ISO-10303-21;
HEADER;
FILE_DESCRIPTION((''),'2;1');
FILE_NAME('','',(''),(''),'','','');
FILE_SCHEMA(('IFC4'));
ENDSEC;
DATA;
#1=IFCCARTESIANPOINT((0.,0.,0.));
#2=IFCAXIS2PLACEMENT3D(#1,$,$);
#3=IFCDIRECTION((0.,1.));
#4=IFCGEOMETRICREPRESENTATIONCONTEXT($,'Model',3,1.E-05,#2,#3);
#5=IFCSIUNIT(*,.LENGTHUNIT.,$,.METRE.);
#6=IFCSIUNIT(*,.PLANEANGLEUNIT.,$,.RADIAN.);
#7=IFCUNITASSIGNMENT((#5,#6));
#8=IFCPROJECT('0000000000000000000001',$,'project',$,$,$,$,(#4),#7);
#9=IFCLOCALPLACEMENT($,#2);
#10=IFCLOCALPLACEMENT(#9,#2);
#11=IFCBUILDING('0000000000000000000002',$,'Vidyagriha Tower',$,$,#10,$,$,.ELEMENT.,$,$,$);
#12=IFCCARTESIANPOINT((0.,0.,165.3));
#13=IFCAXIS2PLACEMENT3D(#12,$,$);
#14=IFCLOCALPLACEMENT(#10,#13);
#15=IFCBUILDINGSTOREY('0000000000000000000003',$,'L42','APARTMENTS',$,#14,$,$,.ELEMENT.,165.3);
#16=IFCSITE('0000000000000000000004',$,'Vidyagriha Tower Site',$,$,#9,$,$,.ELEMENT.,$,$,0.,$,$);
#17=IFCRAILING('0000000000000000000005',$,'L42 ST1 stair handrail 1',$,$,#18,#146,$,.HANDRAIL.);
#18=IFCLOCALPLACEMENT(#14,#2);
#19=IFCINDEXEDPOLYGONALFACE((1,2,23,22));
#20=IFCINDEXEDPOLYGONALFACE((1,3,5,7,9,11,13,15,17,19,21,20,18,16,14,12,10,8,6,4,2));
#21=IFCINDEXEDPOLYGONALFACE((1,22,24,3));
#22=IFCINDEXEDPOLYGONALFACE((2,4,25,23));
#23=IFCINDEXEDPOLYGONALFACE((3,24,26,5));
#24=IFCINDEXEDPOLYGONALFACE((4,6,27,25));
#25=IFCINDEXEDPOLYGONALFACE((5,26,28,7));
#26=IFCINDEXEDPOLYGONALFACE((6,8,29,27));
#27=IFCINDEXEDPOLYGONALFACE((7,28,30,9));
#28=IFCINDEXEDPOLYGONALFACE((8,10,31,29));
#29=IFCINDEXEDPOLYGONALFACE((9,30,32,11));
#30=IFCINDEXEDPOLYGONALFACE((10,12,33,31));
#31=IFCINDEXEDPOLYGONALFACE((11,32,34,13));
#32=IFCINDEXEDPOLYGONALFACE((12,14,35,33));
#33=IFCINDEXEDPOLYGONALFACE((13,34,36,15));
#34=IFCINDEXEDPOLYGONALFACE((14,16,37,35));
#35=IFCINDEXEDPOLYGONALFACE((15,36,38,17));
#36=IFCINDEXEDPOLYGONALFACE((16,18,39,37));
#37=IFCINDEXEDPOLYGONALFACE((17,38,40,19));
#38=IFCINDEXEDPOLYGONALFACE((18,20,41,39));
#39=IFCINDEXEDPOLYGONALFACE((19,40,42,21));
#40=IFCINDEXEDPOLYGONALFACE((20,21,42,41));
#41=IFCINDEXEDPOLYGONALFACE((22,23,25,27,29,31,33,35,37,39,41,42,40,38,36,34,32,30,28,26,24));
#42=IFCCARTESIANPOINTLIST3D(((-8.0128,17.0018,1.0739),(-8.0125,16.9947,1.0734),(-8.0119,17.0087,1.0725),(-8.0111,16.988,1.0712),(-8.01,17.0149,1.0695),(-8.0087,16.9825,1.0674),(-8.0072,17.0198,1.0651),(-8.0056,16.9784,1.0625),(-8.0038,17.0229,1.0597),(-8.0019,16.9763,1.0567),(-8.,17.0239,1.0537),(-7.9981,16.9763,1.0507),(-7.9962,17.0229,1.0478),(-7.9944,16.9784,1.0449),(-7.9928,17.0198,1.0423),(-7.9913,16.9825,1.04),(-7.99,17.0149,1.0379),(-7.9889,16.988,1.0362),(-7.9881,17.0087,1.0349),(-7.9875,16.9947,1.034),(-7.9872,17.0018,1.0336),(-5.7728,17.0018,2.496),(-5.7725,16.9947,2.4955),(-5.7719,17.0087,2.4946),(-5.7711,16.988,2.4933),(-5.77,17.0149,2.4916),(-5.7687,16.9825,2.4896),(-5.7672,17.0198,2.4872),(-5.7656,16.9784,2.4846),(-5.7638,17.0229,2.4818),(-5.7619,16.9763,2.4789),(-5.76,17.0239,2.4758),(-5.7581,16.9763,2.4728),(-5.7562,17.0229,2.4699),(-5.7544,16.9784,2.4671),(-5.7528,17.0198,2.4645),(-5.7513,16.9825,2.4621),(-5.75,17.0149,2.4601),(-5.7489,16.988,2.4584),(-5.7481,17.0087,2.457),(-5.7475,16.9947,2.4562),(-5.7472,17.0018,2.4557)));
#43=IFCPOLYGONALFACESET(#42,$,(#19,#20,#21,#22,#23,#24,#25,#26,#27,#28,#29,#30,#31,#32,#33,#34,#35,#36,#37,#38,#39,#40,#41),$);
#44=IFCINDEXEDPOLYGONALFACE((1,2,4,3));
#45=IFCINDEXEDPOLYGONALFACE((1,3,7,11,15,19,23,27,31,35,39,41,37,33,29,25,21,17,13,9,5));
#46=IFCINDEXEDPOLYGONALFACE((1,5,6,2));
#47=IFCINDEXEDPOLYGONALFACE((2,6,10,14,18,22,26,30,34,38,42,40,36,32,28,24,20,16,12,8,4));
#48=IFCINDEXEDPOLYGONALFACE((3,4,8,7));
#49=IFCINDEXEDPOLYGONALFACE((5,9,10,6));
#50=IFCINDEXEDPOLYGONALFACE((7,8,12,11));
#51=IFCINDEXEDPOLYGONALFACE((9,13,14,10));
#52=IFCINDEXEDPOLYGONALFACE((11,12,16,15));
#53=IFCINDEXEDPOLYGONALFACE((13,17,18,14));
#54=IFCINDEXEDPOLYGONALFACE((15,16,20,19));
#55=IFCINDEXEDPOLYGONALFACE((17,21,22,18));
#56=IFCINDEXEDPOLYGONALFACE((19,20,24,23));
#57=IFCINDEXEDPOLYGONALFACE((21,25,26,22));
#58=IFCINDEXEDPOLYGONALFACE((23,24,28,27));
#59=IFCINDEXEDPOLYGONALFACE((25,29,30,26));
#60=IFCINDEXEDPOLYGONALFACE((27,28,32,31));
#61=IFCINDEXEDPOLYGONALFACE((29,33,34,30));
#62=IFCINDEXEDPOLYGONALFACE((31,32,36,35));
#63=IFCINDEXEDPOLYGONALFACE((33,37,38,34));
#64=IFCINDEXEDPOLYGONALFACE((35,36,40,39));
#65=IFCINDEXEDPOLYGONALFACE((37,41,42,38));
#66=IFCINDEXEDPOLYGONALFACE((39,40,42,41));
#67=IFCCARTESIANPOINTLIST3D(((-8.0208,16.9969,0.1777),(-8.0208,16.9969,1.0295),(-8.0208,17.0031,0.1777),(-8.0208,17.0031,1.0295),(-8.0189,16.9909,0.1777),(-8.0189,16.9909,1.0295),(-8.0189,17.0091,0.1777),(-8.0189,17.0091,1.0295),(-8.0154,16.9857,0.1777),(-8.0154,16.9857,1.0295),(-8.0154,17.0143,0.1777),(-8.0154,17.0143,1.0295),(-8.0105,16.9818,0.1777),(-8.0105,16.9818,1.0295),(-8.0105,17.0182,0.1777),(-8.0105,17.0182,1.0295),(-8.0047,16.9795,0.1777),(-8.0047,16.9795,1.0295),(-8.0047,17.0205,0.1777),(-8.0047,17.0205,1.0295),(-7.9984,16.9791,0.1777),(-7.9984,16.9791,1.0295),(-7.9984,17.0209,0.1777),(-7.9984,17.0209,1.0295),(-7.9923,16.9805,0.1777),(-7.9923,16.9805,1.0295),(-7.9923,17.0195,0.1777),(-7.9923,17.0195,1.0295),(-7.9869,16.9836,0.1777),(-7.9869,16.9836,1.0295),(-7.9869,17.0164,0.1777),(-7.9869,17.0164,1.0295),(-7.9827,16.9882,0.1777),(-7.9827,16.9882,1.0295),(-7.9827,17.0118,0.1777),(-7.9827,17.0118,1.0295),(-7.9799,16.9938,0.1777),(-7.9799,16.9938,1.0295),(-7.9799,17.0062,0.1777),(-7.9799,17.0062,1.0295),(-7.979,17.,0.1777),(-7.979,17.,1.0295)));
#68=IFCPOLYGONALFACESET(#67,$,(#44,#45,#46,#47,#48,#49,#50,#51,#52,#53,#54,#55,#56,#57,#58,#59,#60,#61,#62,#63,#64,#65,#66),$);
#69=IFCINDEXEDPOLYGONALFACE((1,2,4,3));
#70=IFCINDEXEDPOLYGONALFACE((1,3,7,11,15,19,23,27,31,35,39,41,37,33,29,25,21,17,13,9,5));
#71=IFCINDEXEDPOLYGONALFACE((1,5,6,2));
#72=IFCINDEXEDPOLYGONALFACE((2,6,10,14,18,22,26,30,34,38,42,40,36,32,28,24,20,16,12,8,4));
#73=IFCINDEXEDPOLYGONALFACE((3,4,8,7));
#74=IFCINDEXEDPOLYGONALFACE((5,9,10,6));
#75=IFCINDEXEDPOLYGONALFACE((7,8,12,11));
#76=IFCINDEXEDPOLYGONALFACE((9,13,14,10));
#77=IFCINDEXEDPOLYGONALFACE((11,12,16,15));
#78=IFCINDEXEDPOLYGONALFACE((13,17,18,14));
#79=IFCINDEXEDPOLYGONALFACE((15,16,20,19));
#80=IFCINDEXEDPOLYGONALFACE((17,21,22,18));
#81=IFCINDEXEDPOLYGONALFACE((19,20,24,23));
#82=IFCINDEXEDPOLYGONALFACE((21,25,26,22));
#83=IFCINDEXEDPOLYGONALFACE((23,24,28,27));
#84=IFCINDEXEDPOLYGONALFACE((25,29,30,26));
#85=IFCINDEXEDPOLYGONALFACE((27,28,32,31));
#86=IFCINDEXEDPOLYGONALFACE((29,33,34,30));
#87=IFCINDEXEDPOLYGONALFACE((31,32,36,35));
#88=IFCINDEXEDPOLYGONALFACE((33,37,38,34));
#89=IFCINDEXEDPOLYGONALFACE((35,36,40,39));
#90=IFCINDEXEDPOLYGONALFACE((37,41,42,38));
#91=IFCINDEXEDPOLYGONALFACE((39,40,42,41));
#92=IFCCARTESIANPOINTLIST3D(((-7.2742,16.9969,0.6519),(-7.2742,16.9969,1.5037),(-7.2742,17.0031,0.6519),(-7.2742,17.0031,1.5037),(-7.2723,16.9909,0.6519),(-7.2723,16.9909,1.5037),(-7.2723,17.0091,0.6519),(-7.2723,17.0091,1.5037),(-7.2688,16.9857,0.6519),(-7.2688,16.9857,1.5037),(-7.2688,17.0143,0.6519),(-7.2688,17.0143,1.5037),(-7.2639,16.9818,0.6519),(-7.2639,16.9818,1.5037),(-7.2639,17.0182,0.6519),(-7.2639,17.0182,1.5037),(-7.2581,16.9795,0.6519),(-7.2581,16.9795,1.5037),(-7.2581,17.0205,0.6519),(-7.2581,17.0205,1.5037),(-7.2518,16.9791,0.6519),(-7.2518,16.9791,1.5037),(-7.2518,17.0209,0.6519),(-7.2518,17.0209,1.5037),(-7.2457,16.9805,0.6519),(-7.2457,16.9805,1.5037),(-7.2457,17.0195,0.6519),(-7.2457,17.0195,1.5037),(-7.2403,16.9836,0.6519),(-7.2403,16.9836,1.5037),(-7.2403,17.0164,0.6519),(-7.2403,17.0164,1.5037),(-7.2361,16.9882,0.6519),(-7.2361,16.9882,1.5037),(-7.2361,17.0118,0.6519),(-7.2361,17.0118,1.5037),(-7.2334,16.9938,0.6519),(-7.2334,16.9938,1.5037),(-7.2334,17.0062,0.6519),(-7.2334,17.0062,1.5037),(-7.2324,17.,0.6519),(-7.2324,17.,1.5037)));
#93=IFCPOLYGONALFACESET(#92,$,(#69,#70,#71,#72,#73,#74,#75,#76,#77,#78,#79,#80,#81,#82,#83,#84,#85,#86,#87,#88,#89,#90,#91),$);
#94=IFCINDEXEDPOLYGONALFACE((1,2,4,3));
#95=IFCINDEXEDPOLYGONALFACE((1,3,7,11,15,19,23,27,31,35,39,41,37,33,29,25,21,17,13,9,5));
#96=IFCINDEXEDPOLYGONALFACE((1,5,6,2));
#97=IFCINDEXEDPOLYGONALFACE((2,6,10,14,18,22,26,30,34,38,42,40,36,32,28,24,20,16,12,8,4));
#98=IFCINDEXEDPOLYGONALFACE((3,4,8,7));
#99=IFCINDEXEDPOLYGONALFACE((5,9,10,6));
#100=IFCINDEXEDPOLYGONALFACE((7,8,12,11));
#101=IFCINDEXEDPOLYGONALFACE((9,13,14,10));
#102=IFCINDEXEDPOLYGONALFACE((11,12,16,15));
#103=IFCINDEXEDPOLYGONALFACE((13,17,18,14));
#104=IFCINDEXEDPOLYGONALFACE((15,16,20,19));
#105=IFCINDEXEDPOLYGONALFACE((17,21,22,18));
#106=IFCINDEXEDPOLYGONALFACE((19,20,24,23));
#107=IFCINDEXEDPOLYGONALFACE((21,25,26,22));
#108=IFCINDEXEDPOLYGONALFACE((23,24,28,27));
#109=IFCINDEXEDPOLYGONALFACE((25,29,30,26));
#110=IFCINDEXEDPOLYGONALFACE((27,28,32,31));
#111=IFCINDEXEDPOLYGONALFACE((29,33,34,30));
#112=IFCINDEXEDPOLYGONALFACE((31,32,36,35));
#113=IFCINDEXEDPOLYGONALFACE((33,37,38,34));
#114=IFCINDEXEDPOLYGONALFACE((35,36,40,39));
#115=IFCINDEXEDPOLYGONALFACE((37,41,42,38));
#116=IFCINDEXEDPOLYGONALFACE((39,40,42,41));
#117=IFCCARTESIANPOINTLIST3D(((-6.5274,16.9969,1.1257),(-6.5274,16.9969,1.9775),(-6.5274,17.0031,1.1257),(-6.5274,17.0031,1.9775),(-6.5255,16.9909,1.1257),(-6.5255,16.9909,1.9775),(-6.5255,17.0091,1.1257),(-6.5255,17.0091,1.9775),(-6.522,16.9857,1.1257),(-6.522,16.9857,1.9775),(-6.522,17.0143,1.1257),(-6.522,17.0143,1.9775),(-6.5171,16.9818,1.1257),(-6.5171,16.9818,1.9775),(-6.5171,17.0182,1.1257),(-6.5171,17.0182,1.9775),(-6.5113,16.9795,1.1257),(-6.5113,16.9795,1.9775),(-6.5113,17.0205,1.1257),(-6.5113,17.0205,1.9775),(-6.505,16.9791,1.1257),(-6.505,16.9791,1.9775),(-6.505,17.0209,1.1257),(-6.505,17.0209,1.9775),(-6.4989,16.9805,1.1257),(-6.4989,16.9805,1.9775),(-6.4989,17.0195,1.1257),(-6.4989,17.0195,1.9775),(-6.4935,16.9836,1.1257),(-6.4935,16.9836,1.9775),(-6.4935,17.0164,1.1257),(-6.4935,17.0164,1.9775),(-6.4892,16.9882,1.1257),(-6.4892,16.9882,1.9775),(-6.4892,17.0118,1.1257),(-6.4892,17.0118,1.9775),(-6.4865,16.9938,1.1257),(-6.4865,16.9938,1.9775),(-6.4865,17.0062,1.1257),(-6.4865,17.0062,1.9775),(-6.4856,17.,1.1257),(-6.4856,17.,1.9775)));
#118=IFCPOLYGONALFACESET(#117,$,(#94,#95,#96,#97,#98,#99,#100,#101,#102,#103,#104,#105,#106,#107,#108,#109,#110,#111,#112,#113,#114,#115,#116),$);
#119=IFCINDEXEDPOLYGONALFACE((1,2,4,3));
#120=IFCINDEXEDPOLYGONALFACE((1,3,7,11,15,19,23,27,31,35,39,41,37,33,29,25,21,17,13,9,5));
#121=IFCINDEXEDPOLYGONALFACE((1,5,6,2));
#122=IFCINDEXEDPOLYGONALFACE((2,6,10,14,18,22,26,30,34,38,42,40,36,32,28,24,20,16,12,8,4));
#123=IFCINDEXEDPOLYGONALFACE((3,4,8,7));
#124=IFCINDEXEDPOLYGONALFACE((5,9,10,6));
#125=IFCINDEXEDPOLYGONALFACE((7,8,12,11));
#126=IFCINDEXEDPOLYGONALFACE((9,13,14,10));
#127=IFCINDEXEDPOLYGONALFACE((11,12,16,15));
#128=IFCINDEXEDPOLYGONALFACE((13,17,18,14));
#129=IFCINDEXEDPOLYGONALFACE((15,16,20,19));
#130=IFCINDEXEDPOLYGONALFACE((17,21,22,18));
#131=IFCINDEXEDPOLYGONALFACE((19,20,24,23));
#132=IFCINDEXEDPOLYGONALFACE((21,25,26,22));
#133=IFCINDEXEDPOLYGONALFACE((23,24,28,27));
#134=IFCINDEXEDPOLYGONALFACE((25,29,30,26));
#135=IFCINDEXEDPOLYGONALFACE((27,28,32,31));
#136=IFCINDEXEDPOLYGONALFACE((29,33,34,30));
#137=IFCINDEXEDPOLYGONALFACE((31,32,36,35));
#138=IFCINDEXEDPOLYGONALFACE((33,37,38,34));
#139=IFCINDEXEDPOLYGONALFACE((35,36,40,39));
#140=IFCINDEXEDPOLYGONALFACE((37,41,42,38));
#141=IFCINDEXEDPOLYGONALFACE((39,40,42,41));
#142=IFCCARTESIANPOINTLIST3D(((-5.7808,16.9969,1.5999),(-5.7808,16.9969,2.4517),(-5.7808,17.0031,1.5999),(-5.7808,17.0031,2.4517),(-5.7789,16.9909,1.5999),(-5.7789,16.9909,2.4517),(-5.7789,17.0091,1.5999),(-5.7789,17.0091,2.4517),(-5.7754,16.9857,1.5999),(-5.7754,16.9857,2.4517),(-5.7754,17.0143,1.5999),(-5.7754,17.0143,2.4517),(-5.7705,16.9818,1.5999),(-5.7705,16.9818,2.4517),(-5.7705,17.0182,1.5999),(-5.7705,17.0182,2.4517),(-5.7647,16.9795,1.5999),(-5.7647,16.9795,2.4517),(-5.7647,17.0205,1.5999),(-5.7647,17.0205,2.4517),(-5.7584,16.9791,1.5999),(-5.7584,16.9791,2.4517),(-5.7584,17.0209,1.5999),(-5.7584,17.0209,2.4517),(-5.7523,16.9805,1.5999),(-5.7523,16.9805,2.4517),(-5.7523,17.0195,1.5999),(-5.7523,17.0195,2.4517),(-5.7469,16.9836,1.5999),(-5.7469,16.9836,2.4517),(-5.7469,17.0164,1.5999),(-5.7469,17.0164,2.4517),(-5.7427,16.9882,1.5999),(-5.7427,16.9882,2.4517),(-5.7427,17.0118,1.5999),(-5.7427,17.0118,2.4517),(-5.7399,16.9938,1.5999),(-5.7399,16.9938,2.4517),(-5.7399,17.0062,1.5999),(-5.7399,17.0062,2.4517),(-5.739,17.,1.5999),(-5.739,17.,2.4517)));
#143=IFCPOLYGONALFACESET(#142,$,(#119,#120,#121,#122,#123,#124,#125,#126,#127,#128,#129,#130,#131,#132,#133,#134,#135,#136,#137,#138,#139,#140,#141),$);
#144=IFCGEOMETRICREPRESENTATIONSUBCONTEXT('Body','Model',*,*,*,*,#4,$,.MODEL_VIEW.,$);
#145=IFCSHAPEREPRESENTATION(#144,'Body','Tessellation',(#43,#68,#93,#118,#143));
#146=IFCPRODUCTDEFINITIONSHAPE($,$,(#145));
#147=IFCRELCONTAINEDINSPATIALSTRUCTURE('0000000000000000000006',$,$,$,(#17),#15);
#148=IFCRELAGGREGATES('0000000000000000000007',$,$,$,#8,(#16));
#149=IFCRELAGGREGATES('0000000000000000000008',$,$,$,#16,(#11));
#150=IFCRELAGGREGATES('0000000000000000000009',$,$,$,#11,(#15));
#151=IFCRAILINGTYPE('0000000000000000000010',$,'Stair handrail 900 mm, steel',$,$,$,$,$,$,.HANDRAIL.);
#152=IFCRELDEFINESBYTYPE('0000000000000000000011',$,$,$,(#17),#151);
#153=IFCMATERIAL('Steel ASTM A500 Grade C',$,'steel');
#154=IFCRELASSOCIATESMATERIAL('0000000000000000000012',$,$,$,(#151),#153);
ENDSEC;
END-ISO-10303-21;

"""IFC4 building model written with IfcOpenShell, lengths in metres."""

from ifc_helpers import new_model, si_unit, direction, frame, origin, origin_2d, place, context, subcontext, project, spatial, circle, extrude, material, type_object, element, save


model = new_model("IFC4")

# Units and contexts
model_context = context("Model", 3, precision=1e-05, world=origin(), true_north=direction((0.0, 1.0)))
body_context = subcontext(model_context, "Body", "Model", "MODEL_VIEW")
ifc_project = project(units=[si_unit("LENGTHUNIT", "METRE"), si_unit("PLANEANGLEUNIT", "RADIAN")], contexts=[model_context])

# Site, building, storey
site_placement = place(None, origin())
site = spatial("IfcSite", under=ifc_project, at=site_placement, Name="Vidyagriha Tower Site", CompositionType="ELEMENT", RefElevation=0.0)
building_placement = place(site_placement, origin())
building = spatial("IfcBuilding", under=site, at=building_placement, Name="Vidyagriha Tower", CompositionType="ELEMENT")
storey_placement = place(building_placement, frame((0.0, 0.0, 165.3)))
storey = spatial("IfcBuildingStorey", under=building, at=storey_placement, Name="L42", Description="APARTMENTS", CompositionType="ELEMENT", Elevation=165.3)

# Railing
ifc_material_1 = material(Name="Steel ASTM A500 Grade C", Category="steel")
railing_type_1 = type_object("IfcRailingType", Name="Stair handrail 900 mm, steel", PredefinedType="HANDRAIL", material=ifc_material_1)
railing_1_placement = place(storey_placement, frame((-8.0, 17.0, 0.1777)))
element("IfcRailing", 1, at=railing_1_placement, inside=storey, type_object=railing_type_1, Name="L42 ST1 stair handrail 1", PredefinedType="HANDRAIL", context=body_context, shape_type="SweptSolid", body=[
    extrude(circle(Radius=0.0239, at=origin_2d()), frame((0.0, 0.0, 0.876), z_axis=(0.844229, 0.0, 0.535982), x_axis=(0.0, 1.0, 0.0)), (0.0, 0.0, 1.0), 2.6533),
    extrude(circle(Radius=0.021, at=origin_2d()), origin(), (0.0, 0.0, 1.0), 0.8518),
    extrude(circle(Radius=0.021, at=origin_2d()), frame((0.7466, 0.0, 0.4741)), (0.0, 0.0, 1.0), 0.8518),
    extrude(circle(Radius=0.021, at=origin_2d()), frame((1.4934, 0.0, 0.948)), (0.0, 0.0, 1.0), 0.8518),
    extrude(circle(Radius=0.021, at=origin_2d()), frame((2.24, 0.0, 1.4221)), (0.0, 0.0, 1.0), 0.8518),
])

save(model, "model.ifc")
